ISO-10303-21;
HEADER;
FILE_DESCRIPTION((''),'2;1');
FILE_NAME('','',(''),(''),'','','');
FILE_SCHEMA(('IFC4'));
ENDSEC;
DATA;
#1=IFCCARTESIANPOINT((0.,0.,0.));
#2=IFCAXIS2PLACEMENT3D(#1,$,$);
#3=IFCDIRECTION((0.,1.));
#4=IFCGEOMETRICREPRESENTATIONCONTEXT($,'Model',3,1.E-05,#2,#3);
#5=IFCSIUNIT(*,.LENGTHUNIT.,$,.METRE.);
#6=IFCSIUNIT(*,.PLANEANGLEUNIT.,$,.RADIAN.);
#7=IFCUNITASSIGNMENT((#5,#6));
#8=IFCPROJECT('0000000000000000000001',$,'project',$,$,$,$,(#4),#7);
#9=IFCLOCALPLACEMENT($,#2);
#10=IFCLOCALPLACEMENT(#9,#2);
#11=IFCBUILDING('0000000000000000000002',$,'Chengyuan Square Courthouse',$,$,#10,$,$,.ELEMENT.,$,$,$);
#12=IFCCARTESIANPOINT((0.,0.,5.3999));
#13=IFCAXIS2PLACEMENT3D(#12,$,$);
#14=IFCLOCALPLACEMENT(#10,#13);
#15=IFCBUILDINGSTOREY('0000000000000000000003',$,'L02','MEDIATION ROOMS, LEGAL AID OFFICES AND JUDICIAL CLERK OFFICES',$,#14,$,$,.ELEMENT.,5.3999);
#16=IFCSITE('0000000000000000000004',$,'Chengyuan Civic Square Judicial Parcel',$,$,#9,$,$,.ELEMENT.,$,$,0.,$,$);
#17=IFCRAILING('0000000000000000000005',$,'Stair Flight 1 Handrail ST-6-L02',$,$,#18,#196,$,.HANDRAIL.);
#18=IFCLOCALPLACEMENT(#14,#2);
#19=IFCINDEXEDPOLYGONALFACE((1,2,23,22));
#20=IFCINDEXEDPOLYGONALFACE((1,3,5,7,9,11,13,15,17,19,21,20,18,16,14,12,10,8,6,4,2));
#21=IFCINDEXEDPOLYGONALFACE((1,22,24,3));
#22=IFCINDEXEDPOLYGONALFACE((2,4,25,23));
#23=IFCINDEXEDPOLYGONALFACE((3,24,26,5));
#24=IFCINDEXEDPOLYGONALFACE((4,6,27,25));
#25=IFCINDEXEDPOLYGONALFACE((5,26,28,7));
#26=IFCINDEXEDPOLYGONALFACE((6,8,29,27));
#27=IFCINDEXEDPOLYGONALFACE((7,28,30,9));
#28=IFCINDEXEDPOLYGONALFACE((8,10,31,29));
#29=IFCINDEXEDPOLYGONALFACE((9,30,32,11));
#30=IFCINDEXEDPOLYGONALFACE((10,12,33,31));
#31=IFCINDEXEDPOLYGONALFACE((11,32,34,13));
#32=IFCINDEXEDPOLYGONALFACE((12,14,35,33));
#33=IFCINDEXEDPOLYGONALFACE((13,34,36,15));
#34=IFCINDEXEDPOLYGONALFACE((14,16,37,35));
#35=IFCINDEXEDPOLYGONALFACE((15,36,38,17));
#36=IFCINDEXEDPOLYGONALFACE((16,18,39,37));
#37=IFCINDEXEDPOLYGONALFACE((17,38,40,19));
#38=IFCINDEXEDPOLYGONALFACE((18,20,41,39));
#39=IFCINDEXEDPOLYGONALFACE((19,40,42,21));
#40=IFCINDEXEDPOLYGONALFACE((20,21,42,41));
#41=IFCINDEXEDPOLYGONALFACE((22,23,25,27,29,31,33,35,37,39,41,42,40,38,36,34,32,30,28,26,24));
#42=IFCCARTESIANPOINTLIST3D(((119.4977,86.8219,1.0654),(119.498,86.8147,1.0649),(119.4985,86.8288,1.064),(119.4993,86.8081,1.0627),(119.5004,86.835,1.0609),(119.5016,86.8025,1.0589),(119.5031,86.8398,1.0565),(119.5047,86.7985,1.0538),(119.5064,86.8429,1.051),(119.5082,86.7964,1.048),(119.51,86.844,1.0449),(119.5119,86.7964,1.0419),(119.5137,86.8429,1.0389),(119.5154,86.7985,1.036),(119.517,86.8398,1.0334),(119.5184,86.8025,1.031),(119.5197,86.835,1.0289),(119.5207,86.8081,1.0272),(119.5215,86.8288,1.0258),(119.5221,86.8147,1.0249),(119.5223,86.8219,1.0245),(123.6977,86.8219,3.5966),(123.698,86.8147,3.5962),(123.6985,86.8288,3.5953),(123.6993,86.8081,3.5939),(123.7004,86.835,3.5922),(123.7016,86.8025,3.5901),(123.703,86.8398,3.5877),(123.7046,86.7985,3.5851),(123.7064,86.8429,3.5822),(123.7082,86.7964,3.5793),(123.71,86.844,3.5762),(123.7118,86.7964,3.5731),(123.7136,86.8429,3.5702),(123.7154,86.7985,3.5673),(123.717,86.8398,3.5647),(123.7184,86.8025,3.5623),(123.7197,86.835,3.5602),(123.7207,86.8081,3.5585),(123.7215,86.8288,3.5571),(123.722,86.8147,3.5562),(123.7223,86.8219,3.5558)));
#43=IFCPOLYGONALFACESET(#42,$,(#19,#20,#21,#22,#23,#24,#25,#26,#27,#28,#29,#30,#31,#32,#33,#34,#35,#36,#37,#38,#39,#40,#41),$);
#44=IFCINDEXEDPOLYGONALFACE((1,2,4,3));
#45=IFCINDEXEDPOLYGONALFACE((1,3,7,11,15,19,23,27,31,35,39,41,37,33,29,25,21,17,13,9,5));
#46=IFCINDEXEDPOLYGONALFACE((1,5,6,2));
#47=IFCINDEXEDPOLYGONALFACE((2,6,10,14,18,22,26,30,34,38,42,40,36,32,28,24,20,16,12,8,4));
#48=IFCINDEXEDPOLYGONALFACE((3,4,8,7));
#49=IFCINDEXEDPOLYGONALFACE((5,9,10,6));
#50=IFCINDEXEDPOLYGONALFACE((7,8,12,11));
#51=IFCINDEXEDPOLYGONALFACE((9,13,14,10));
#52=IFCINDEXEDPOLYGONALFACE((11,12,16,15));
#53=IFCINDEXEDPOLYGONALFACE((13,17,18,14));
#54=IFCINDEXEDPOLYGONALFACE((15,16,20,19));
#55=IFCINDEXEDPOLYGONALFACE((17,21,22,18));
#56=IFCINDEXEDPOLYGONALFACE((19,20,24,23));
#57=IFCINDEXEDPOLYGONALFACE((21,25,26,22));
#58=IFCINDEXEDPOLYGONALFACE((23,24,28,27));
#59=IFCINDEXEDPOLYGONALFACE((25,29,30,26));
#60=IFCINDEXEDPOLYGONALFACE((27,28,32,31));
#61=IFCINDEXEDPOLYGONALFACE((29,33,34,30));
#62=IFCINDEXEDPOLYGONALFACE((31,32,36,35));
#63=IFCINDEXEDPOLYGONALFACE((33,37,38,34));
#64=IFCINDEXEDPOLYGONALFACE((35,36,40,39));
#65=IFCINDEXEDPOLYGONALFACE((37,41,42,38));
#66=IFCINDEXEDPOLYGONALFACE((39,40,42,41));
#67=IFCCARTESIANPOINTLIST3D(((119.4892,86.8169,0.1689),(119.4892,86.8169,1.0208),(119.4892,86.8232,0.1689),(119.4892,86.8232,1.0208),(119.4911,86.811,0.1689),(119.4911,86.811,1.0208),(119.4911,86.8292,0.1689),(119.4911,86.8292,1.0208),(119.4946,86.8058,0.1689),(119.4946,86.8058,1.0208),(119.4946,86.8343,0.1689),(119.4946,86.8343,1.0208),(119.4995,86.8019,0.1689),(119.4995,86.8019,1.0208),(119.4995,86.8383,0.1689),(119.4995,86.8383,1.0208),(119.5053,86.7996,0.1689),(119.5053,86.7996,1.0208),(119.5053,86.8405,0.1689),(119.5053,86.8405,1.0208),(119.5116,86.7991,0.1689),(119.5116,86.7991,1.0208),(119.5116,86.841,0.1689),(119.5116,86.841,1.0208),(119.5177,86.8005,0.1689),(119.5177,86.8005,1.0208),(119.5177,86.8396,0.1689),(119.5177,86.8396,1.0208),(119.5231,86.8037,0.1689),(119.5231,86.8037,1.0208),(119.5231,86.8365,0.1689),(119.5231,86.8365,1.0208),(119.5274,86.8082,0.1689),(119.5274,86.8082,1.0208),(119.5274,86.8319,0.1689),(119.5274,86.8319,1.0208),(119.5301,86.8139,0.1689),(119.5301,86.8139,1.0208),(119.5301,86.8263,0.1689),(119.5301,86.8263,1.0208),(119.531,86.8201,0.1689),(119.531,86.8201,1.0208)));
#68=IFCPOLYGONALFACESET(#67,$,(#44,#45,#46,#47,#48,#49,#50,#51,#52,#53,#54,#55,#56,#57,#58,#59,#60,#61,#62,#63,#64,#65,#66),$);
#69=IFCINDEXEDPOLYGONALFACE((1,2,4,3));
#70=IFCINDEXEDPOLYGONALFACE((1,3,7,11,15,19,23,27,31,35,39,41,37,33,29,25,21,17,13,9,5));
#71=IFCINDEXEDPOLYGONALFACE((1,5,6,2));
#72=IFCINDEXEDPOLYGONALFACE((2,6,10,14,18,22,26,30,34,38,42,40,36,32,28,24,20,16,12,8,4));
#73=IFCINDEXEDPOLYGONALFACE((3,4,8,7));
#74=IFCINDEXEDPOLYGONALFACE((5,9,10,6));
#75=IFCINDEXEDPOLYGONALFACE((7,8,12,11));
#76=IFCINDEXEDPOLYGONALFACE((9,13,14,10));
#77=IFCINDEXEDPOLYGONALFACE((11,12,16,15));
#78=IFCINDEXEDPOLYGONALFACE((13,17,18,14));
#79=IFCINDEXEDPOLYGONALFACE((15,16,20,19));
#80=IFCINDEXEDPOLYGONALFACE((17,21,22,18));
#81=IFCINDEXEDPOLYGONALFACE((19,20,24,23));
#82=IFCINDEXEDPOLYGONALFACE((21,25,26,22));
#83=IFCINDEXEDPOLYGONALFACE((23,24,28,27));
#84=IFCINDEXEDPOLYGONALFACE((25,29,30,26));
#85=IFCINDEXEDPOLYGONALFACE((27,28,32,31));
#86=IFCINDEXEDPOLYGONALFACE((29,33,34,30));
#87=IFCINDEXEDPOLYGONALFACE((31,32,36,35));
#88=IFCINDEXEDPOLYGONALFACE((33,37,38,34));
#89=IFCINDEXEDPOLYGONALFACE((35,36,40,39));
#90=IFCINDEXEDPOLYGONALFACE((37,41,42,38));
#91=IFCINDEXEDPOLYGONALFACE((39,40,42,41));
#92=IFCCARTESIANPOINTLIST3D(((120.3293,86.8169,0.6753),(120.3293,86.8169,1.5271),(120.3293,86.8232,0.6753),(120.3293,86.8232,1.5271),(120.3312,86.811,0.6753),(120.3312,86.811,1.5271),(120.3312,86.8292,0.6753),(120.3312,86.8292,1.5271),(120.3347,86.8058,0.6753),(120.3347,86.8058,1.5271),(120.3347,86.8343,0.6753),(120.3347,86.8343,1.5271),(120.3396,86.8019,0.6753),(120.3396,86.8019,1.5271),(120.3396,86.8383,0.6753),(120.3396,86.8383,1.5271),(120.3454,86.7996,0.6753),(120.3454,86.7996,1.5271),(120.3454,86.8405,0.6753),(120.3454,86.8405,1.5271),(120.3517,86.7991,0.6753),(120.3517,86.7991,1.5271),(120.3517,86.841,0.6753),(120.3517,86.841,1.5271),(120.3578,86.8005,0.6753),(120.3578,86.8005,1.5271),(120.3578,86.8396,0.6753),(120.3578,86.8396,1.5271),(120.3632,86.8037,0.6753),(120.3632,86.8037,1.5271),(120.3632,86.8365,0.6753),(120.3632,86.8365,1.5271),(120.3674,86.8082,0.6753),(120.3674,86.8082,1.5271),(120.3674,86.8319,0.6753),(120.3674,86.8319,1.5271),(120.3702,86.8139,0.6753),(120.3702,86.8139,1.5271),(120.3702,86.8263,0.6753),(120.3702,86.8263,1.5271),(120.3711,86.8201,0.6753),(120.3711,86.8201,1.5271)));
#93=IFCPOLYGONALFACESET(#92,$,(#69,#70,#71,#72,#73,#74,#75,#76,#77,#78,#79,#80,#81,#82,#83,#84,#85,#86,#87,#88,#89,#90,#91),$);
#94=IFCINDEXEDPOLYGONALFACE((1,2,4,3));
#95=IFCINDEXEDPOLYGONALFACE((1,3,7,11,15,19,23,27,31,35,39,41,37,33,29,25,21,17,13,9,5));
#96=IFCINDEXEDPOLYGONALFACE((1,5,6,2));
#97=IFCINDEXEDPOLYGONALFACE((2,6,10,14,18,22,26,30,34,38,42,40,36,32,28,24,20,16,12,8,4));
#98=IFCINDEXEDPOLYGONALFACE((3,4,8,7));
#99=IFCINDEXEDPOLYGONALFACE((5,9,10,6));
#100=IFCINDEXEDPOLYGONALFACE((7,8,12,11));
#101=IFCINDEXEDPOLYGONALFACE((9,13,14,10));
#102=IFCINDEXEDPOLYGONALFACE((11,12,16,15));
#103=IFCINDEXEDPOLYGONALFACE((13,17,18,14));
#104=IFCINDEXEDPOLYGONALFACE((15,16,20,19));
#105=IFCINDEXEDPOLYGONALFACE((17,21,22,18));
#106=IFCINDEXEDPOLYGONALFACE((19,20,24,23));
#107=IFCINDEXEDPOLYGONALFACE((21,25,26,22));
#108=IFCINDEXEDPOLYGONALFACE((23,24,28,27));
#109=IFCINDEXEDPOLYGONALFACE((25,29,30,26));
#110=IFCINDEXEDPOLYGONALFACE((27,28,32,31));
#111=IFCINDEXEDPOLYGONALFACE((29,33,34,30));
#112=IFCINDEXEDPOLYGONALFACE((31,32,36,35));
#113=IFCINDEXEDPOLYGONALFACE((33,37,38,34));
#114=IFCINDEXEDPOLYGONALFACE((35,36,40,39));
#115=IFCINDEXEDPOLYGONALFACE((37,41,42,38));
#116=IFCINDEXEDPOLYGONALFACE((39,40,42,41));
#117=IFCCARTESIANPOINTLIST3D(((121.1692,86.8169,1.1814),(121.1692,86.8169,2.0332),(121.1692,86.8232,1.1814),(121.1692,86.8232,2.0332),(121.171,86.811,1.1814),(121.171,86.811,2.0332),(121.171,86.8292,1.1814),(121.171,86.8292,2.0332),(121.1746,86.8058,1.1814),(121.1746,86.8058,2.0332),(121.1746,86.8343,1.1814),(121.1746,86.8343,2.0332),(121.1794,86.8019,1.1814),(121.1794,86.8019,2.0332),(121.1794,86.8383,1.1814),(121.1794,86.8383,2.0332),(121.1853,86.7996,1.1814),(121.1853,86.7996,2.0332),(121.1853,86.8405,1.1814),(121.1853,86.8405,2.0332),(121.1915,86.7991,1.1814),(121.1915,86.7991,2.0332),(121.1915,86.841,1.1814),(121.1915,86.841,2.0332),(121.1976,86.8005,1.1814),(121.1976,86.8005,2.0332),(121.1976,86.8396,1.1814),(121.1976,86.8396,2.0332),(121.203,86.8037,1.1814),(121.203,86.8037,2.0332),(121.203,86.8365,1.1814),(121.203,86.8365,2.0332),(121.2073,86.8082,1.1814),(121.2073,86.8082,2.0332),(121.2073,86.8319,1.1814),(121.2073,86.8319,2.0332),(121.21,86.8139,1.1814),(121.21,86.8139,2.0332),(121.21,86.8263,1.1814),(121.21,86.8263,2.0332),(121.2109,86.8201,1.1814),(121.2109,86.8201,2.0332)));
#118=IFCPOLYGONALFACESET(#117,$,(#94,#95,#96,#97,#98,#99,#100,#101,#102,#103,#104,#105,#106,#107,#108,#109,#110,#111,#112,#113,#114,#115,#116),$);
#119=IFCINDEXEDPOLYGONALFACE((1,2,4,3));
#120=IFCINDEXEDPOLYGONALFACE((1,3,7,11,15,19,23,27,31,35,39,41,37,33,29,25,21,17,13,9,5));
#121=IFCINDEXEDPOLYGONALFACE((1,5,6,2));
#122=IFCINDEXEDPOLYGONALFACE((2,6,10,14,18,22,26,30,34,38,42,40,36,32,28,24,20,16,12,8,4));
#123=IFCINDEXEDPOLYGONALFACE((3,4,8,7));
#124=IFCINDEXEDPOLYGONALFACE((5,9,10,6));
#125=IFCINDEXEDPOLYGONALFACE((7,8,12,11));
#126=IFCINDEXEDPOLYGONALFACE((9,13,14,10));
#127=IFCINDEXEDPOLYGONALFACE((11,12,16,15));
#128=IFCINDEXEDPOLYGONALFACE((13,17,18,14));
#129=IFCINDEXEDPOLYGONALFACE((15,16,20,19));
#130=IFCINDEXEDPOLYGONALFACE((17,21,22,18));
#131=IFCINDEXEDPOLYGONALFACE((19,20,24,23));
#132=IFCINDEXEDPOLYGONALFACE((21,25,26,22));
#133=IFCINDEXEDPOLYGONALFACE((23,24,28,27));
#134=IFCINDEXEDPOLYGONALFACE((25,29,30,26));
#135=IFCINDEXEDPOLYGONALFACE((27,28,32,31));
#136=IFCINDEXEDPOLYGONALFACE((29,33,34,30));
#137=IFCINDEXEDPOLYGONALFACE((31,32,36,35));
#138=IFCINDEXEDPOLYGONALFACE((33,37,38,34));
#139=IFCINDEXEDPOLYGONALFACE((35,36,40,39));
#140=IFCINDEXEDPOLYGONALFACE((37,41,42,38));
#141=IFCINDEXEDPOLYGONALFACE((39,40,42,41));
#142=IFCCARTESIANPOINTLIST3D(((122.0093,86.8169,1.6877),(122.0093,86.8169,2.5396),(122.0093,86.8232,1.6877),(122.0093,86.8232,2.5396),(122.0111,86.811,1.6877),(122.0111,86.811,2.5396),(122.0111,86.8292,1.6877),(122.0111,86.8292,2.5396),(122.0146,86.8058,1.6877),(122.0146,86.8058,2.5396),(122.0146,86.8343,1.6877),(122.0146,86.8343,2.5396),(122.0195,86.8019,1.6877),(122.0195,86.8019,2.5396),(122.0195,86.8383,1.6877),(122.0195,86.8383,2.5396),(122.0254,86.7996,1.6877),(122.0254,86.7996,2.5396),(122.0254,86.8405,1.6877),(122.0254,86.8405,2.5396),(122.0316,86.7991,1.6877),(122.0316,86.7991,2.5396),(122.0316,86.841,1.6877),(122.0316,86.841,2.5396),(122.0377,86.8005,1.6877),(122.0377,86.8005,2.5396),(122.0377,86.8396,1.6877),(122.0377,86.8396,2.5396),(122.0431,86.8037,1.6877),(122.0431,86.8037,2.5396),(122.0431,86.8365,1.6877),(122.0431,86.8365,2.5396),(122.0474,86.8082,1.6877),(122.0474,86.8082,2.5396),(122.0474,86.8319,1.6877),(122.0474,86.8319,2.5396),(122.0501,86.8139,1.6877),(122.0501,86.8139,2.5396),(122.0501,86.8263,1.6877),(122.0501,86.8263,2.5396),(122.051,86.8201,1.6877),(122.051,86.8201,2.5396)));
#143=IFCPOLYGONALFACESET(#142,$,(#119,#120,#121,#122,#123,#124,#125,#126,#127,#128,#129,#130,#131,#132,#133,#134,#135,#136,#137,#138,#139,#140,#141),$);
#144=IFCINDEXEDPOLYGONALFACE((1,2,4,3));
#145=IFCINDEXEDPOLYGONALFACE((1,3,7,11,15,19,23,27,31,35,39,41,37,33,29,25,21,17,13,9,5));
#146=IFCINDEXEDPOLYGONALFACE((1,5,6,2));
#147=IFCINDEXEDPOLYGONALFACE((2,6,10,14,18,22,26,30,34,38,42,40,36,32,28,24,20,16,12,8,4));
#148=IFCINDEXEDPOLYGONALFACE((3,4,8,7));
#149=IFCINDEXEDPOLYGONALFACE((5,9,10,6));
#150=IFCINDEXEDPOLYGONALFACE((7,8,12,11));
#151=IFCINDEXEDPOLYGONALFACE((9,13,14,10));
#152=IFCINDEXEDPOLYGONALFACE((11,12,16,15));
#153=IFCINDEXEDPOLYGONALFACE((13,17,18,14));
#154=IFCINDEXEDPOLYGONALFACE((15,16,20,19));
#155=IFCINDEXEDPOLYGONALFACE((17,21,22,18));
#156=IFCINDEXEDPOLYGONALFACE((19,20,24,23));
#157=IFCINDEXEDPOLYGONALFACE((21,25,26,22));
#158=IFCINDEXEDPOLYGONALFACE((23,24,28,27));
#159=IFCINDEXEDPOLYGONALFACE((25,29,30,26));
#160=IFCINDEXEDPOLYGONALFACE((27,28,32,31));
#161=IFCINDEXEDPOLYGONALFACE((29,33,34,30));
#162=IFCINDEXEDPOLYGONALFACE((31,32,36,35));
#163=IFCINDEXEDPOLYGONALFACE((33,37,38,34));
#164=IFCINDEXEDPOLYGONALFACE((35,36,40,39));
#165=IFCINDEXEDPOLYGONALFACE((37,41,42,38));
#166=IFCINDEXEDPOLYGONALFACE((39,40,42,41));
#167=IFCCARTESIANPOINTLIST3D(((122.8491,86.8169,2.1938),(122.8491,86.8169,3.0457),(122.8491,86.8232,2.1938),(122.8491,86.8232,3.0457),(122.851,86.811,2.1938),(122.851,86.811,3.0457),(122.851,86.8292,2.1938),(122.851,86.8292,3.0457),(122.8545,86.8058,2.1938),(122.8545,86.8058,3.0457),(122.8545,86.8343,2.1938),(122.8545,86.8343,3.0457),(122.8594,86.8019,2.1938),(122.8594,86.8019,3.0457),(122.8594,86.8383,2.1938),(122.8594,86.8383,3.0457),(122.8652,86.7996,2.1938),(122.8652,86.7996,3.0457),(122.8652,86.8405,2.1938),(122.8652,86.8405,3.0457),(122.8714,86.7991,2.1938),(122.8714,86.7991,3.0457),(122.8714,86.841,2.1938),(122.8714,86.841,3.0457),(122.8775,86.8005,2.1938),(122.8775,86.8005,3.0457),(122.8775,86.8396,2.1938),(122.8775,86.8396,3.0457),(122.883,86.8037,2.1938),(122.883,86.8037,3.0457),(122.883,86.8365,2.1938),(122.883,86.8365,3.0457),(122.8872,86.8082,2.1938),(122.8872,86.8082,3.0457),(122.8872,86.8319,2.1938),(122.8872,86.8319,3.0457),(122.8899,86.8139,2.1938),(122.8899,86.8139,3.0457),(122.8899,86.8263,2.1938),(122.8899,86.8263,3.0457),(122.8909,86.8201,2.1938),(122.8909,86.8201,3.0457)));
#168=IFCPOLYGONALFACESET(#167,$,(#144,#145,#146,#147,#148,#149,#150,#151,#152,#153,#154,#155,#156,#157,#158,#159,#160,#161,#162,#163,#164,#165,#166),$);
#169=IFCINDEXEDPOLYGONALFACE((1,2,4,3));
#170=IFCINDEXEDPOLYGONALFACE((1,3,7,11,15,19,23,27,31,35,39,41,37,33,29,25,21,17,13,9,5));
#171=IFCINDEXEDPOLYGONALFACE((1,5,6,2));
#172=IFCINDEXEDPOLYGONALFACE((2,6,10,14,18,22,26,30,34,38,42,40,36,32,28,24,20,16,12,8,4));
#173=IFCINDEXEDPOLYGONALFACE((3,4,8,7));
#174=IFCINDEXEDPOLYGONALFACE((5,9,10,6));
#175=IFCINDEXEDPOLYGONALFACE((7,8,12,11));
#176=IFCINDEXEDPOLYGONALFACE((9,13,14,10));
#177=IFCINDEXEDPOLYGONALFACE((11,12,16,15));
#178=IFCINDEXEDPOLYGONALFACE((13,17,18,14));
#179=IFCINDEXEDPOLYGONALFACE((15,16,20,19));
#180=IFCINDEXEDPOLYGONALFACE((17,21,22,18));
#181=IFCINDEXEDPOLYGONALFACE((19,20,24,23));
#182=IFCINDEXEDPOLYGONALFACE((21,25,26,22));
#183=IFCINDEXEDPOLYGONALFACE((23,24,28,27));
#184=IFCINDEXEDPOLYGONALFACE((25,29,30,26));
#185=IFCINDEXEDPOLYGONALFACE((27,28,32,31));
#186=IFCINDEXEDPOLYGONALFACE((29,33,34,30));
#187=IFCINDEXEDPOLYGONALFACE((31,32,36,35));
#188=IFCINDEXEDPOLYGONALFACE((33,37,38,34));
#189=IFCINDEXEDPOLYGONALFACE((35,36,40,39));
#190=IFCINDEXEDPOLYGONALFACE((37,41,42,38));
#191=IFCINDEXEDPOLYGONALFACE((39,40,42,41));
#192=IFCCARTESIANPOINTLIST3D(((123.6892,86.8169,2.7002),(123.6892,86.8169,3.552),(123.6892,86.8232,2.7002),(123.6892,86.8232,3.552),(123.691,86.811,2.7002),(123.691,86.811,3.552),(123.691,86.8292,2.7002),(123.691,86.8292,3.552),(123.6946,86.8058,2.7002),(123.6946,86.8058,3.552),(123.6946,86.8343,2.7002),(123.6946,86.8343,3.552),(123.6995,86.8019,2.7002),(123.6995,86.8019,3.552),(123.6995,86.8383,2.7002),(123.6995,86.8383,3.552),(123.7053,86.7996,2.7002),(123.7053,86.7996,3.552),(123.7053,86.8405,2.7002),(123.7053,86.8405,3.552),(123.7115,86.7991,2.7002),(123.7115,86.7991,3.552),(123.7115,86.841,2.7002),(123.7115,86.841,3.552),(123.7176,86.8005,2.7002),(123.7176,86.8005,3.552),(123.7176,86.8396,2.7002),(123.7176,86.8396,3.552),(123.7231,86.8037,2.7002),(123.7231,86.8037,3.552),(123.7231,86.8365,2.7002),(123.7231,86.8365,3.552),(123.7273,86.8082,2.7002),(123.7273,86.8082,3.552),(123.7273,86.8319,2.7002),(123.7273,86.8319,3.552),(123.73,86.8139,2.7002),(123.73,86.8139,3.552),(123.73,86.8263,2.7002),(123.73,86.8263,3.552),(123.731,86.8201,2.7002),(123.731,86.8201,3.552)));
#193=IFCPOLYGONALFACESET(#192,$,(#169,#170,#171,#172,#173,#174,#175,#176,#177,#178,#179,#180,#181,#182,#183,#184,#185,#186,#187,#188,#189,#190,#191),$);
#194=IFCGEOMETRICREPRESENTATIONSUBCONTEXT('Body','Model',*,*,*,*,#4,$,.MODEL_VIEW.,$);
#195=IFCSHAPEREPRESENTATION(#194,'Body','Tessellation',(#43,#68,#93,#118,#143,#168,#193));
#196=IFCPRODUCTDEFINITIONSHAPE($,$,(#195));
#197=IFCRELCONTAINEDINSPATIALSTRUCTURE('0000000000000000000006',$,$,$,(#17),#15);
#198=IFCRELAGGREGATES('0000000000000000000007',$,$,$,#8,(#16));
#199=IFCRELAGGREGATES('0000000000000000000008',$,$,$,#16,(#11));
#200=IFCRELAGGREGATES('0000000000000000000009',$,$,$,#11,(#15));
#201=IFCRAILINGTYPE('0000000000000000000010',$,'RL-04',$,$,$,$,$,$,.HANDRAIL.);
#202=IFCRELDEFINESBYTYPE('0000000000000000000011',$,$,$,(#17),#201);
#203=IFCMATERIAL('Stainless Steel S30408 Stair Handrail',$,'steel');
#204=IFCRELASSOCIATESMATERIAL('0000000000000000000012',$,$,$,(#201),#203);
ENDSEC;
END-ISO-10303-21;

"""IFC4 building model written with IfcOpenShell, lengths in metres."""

from ifc_helpers import new_model, si_unit, direction, frame, origin, origin_2d, place, context, subcontext, project, spatial, circle, extrude, material, type_object, element, save


model = new_model("IFC4")

# Units and contexts
model_context = context("Model", 3, precision=1e-05, world=origin(), true_north=direction((0.0, 1.0)))
body_context = subcontext(model_context, "Body", "Model", "MODEL_VIEW")
ifc_project = project(units=[si_unit("LENGTHUNIT", "METRE"), si_unit("PLANEANGLEUNIT", "RADIAN")], contexts=[model_context])

# Site, building, storey
site_placement = place(None, origin())
site = spatial("IfcSite", under=ifc_project, at=site_placement, Name="Chengyuan Civic Square Judicial Parcel", CompositionType="ELEMENT", RefElevation=0.0)
building_placement = place(site_placement, origin())
building = spatial("IfcBuilding", under=site, at=building_placement, Name="Chengyuan Square Courthouse", CompositionType="ELEMENT")
storey_placement = place(building_placement, frame((0.0, 0.0, 5.3999)))
storey = spatial("IfcBuildingStorey", under=building, at=storey_placement, Name="L02", Description="MEDIATION ROOMS, LEGAL AID OFFICES AND JUDICIAL CLERK OFFICES", CompositionType="ELEMENT", Elevation=5.3999)

# Railing
ifc_material_1 = material(Name="Stainless Steel S30408 Stair Handrail", Category="steel")
railing_type_1 = type_object("IfcRailingType", Name="RL-04", PredefinedType="HANDRAIL", material=ifc_material_1)
railing_1_placement = place(storey_placement, frame((119.51, 86.8201, 0.1689)))
element("IfcRailing", 1, at=railing_1_placement, inside=storey, type_object=railing_type_1, Name="Stair Flight 1 Handrail ST-6-L02", PredefinedType="HANDRAIL", context=body_context, shape_type="SweptSolid", body=[
    extrude(circle(Radius=0.0239, at=origin_2d()), frame((0.0, 0.0, 0.876), z_axis=(0.856476, 0.0, 0.516186), x_axis=(0.0, 1.0, 0.0)), (0.0, 0.0, 1.0), 4.9038),
    extrude(circle(Radius=0.021, at=origin_2d()), origin(), (0.0, 0.0, 1.0), 0.8518),
    extrude(circle(Radius=0.021, at=origin_2d()), frame((0.8401, 0.0, 0.5063)), (0.0, 0.0, 1.0), 0.8518),
    extrude(circle(Radius=0.021, at=origin_2d()), frame((1.6799, 0.0, 1.0125)), (0.0, 0.0, 1.0), 0.8518),
    extrude(circle(Radius=0.021, at=origin_2d()), frame((2.52, 0.0, 1.5188)), (0.0, 0.0, 1.0), 0.8518),
    extrude(circle(Radius=0.021, at=origin_2d()), frame((3.3599, 0.0, 2.0249)), (0.0, 0.0, 1.0), 0.8518),
    extrude(circle(Radius=0.021, at=origin_2d()), frame((4.2, 0.0, 2.5312)), (0.0, 0.0, 1.0), 0.8518),
])

save(model, "model.ifc")
